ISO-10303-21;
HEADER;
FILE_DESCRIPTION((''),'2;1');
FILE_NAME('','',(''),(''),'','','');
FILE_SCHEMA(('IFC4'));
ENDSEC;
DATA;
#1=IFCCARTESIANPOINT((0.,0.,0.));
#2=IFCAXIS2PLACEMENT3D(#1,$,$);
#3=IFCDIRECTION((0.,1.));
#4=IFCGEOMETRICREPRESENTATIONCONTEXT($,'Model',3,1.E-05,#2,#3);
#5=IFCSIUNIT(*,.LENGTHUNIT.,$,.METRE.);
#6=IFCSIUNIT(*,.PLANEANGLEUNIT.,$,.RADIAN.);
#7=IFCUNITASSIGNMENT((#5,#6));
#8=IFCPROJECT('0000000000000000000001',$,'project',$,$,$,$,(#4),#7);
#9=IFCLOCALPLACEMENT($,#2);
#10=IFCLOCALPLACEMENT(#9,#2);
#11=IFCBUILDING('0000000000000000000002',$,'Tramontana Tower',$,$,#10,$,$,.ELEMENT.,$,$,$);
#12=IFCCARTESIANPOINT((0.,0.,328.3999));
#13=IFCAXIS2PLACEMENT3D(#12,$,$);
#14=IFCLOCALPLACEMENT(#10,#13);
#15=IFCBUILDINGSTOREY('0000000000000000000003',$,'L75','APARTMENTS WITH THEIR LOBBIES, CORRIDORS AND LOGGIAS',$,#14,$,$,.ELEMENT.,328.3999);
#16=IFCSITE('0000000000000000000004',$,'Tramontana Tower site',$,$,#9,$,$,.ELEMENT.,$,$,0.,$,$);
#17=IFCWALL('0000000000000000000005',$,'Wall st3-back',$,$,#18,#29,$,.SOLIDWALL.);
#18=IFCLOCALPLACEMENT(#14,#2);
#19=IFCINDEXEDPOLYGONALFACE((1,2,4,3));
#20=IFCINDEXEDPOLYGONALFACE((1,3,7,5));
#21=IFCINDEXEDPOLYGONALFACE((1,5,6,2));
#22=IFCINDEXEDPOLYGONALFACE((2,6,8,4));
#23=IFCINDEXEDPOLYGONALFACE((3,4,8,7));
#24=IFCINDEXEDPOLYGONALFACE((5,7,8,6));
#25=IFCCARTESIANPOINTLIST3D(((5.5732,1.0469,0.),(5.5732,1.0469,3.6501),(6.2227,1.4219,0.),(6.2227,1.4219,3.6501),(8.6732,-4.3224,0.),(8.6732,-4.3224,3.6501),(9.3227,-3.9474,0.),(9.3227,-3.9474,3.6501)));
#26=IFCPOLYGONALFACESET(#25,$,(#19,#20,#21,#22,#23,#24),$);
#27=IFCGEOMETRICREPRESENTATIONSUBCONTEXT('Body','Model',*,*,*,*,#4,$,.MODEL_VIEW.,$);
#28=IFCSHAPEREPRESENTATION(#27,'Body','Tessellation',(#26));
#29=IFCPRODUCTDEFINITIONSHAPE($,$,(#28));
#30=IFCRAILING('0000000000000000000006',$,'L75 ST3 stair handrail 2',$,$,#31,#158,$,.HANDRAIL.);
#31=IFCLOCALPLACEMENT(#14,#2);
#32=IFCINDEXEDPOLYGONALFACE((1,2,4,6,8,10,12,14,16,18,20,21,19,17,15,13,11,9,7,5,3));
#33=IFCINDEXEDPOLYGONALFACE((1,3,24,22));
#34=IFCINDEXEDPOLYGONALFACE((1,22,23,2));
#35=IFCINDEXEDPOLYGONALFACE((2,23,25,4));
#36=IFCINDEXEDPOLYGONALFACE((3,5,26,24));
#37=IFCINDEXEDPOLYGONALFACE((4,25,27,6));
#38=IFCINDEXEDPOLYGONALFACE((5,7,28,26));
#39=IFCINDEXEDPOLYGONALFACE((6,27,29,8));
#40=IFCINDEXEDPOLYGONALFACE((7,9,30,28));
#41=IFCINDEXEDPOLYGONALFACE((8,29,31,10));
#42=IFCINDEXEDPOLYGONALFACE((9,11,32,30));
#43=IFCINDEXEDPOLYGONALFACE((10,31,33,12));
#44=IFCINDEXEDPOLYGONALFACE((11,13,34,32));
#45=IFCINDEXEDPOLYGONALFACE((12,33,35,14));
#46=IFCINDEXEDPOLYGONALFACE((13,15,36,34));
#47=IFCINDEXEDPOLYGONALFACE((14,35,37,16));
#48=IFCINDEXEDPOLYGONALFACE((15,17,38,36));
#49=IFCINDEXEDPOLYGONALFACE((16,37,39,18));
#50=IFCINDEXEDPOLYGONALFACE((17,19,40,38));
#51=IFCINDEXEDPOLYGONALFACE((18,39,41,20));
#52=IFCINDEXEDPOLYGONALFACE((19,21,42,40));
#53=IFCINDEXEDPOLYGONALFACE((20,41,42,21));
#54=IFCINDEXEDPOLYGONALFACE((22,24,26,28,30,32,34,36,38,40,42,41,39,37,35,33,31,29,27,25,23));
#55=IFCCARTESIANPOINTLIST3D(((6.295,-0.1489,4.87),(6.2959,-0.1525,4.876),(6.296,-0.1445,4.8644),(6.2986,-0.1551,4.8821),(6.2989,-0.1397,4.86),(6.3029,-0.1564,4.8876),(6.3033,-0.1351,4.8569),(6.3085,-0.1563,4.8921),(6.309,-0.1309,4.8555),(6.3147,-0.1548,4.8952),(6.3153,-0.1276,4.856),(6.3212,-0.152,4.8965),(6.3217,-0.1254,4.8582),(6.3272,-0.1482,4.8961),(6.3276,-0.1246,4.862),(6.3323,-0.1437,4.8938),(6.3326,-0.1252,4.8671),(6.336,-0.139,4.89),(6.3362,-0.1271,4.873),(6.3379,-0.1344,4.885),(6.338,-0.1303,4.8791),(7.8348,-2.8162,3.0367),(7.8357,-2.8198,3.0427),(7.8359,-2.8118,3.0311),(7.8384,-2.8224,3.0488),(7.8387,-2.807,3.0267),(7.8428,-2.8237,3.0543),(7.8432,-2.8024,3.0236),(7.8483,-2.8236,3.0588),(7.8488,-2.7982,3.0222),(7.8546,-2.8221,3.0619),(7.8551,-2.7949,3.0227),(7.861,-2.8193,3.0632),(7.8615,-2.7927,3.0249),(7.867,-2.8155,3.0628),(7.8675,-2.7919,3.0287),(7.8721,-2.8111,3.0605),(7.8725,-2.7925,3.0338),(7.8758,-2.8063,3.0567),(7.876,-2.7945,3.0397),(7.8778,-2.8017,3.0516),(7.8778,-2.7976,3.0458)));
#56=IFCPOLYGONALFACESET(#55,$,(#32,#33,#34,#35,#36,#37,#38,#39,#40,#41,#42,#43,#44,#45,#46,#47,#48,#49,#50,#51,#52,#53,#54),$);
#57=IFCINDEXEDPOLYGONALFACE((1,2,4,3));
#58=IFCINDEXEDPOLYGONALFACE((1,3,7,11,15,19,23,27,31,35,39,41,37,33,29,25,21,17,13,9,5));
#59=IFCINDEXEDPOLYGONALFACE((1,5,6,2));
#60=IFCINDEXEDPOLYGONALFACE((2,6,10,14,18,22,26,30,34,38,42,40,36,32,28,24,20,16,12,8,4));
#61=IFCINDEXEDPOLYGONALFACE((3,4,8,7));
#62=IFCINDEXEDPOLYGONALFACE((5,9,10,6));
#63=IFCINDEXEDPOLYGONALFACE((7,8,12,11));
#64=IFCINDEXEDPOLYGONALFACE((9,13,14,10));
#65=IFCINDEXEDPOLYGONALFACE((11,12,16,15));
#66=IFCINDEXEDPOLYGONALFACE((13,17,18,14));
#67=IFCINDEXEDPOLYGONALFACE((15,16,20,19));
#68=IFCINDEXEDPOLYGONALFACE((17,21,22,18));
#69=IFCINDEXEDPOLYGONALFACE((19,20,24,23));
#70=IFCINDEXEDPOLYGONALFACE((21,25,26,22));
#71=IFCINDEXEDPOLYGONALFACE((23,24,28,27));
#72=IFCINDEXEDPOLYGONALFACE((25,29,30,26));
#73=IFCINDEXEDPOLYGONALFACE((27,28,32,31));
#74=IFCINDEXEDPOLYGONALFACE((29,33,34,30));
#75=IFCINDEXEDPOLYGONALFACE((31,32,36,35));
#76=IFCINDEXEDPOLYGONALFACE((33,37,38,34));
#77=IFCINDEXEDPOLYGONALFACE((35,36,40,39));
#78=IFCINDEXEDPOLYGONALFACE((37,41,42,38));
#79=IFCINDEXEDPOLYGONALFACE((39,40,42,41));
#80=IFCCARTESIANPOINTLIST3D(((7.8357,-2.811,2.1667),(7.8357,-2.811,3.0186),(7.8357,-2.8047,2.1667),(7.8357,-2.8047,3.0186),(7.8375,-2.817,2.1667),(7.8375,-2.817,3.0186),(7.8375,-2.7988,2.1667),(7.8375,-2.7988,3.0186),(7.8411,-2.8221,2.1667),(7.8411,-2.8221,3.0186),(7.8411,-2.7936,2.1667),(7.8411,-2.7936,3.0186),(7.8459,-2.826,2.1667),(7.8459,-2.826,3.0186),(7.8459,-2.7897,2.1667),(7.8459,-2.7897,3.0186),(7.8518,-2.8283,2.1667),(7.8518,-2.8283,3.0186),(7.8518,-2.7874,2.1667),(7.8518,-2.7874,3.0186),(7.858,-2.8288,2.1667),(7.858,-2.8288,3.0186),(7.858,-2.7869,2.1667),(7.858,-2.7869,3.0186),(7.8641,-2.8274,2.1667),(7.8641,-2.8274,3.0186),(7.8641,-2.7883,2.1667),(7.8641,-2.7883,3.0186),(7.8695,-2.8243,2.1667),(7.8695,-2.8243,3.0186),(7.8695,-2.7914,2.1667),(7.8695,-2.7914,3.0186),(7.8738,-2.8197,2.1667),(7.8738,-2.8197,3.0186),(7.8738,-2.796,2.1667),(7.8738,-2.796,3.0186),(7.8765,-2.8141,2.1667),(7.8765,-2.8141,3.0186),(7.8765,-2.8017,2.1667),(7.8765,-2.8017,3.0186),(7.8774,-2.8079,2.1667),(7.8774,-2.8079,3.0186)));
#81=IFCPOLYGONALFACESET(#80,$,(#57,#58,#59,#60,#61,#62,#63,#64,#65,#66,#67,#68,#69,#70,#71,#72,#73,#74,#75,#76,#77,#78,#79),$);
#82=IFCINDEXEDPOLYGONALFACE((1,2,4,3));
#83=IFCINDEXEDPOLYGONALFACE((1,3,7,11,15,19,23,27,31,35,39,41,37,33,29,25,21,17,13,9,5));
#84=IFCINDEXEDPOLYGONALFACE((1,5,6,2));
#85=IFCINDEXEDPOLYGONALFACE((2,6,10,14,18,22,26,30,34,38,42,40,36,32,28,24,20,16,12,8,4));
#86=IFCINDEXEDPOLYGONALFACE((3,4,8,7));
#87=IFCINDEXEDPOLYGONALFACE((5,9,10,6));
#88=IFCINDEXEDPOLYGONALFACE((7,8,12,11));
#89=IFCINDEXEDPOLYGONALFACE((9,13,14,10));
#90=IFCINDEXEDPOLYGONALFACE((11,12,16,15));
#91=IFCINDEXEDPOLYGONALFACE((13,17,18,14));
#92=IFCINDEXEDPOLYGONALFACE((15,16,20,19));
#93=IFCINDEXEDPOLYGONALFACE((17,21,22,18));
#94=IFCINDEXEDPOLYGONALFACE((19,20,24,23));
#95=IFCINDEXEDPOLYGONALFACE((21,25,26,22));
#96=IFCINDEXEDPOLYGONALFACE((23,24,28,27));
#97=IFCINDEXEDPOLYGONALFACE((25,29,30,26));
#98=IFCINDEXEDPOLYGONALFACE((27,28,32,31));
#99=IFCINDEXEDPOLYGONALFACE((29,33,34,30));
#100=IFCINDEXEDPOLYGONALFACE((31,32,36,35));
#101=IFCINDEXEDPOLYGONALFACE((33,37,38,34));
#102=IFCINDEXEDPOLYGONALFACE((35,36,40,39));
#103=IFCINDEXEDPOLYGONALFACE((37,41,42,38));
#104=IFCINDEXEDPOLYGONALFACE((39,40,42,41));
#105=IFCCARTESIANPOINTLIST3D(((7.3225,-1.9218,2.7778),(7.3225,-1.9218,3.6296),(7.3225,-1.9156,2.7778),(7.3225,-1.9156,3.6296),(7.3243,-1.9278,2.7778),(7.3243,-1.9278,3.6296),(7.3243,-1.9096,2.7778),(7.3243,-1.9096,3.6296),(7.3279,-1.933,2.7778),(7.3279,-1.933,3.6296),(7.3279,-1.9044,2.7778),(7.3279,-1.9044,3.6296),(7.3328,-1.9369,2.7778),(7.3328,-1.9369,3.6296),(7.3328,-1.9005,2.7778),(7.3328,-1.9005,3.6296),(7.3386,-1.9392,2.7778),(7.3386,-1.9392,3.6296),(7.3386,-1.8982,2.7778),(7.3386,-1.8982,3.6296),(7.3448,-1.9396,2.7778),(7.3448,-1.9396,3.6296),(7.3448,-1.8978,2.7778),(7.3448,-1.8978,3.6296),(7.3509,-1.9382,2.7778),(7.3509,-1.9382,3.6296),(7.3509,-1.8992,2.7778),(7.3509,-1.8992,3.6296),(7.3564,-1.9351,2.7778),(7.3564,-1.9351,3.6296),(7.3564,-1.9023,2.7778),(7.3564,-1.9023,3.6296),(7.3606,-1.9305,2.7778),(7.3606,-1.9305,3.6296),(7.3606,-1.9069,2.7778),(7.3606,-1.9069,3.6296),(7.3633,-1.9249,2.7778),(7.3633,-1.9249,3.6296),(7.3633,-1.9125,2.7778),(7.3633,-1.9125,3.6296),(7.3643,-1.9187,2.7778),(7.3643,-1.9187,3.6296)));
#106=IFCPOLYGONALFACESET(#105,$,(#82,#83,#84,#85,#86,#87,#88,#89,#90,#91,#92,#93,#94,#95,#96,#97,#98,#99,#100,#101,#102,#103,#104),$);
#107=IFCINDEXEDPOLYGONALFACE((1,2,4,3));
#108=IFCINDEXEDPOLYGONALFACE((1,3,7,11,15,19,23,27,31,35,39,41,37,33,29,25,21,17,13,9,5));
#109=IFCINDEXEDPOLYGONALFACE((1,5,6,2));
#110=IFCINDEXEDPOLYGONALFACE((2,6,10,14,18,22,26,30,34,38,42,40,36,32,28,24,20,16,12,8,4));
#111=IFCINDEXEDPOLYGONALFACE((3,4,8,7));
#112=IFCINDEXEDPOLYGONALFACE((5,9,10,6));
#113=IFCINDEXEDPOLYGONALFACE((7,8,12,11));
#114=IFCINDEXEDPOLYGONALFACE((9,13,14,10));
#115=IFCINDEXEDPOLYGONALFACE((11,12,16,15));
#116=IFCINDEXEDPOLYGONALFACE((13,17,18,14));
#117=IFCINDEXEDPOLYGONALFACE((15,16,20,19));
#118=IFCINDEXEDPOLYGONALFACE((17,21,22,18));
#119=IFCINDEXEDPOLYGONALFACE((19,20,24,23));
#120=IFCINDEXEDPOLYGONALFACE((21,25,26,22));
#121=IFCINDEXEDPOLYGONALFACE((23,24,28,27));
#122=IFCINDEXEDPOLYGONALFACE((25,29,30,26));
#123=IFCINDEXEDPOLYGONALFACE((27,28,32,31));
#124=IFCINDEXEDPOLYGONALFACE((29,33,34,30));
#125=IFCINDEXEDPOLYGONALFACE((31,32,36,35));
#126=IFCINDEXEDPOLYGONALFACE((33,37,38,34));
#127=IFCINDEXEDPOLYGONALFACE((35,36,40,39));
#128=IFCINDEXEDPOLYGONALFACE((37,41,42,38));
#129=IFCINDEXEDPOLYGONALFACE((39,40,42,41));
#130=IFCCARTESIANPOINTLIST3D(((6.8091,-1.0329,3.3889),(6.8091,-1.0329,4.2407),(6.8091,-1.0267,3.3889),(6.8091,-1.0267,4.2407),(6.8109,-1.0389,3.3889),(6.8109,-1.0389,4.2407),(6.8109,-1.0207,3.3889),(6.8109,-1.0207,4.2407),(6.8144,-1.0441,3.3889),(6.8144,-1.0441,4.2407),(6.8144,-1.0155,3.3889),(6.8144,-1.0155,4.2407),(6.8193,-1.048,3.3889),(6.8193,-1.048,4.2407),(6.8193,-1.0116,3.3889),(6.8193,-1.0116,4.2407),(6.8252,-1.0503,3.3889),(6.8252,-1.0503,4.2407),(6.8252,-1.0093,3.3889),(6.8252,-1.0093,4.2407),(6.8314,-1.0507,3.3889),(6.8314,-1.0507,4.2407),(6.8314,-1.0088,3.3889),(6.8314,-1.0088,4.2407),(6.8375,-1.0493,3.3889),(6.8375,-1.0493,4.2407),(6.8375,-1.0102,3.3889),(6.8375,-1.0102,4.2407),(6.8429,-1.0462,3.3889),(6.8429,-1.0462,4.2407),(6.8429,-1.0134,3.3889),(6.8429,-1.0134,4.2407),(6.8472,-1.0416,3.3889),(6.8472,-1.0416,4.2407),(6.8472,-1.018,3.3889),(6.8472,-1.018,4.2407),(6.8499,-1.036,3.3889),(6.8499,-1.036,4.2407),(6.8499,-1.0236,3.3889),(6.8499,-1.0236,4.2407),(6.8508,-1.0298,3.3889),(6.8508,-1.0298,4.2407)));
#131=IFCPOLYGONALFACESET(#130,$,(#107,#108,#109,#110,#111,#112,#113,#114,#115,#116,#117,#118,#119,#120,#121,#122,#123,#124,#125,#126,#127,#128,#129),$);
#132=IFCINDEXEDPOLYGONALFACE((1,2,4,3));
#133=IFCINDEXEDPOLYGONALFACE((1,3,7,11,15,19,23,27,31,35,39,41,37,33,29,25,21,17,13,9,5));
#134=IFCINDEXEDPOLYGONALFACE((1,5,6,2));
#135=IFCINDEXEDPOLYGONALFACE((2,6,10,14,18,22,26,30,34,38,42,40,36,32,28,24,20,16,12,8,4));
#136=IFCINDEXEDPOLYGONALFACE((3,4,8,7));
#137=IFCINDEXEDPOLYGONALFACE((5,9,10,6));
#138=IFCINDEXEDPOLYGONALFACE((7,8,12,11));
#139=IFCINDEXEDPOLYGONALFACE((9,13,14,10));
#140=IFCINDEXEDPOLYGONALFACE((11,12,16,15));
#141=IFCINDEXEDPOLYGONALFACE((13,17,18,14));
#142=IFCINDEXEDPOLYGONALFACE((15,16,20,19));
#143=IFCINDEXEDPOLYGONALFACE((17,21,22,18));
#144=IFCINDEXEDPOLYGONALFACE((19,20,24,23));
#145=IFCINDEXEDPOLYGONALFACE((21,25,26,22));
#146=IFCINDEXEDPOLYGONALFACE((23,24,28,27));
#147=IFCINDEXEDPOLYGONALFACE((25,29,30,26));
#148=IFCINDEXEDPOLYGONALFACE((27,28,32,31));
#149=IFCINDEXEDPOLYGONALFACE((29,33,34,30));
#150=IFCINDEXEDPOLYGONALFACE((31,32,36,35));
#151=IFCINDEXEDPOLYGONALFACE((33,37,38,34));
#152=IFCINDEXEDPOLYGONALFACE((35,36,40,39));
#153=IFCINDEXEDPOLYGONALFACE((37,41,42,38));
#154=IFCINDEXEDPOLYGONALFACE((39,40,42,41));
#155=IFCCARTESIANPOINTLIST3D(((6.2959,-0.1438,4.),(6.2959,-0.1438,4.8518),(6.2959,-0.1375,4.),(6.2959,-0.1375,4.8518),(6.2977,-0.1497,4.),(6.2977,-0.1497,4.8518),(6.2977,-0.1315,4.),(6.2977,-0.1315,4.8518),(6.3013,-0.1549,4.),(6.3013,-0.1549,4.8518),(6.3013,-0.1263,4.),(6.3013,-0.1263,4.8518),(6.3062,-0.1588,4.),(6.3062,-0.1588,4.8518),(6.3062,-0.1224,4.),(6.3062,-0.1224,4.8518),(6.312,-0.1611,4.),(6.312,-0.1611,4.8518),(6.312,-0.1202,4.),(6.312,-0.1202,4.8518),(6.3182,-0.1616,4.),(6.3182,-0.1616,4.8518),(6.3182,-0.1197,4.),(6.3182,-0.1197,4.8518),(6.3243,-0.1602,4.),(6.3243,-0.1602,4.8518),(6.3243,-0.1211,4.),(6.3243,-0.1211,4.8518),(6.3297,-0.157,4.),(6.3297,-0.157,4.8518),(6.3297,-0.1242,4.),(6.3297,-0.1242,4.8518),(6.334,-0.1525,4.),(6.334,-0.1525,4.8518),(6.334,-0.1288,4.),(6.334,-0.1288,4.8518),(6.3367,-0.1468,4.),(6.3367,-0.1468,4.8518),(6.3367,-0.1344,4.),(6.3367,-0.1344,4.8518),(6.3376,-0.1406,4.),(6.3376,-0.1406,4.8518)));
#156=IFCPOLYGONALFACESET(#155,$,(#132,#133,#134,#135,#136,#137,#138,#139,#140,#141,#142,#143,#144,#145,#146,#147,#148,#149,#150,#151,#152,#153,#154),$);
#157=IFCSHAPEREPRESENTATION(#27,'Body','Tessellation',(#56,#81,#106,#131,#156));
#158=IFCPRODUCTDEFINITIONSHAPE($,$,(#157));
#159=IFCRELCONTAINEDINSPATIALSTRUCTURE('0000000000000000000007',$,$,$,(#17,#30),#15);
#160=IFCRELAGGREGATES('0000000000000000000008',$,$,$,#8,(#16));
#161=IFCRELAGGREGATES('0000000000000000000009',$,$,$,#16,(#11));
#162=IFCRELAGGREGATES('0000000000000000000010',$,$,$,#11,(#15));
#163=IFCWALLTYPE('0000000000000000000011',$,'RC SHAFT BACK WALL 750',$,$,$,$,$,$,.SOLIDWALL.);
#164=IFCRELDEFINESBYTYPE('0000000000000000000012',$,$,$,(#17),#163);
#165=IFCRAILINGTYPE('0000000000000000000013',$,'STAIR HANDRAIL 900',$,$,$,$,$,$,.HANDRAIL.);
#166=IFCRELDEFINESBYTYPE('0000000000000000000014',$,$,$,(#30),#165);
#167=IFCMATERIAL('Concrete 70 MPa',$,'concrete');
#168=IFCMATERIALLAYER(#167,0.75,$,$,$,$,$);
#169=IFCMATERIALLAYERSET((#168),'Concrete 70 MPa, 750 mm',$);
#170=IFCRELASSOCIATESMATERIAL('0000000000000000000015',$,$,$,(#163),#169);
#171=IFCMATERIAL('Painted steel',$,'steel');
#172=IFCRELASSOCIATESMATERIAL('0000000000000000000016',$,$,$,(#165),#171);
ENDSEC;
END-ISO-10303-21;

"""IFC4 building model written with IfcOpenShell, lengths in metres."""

from ifc_helpers import new_model, si_unit, direction, frame, frame_2d, origin, origin_2d, place, context, subcontext, project, spatial, rectangle, circle, extrude, material, layer, layer_set, type_object, element, save


model = new_model("IFC4")

# Units and contexts
model_context = context("Model", 3, precision=1e-05, world=origin(), true_north=direction((0.0, 1.0)))
body_context = subcontext(model_context, "Body", "Model", "MODEL_VIEW")
ifc_project = project(units=[si_unit("LENGTHUNIT", "METRE"), si_unit("PLANEANGLEUNIT", "RADIAN")], contexts=[model_context])

# Site, building, storey
site_placement = place(None, origin())
site = spatial("IfcSite", under=ifc_project, at=site_placement, Name="Tramontana Tower site", CompositionType="ELEMENT", RefElevation=0.0)
building_placement = place(site_placement, origin())
building = spatial("IfcBuilding", under=site, at=building_placement, Name="Tramontana Tower", CompositionType="ELEMENT")
storey_placement = place(building_placement, frame((0.0, 0.0, 328.3999)))
storey = spatial("IfcBuildingStorey", under=building, at=storey_placement, Name="L75", Description="APARTMENTS WITH THEIR LOBBIES, CORRIDORS AND LOGGIAS", CompositionType="ELEMENT", Elevation=328.3999)

# Wall
ifc_material_1 = material(Name="Concrete 70 MPa", Category="concrete")
ifc_layer_1 = layer(ifc_material_1, 0.75)
ifc_layer_set_1 = layer_set([ifc_layer_1], Name="Concrete 70 MPa, 750 mm")
wall_type_1 = type_object("IfcWallType", Name="RC SHAFT BACK WALL 750", PredefinedType="SOLIDWALL", material=ifc_layer_set_1)
wall_1_placement = place(storey_placement, frame((8.998, -4.135, 0.0), z_axis=(0.0, 0.0, 1.0), x_axis=(-0.50001, 0.86602, 0.0)))
element("IfcWall", 1, at=wall_1_placement, inside=storey, type_object=wall_type_1, Name="Wall st3-back", PredefinedType="SOLIDWALL", context=body_context, shape_type="SweptSolid", body=[
    extrude(rectangle(XDim=6.2, YDim=0.75, at=frame_2d((3.1001, 0.0))), origin(), (0.0, 0.0, 1.0), 3.6501),
])

# Railing
ifc_material_2 = material(Name="Painted steel", Category="steel")
railing_type = type_object("IfcRailingType", Name="STAIR HANDRAIL 900", PredefinedType="HANDRAIL", material=ifc_material_2)
railing_placement = place(storey_placement, frame((7.8564, -2.8079, 2.1667)))
element("IfcRailing", 2, at=railing_placement, inside=storey, type_object=railing_type, Name="L75 ST3 stair handrail 2", PredefinedType="HANDRAIL", context=body_context, shape_type="SweptSolid", body=[
    extrude(circle(Radius=0.0239, at=origin_2d()), frame((0.0, 0.0, 0.876), z_axis=(-0.429616, 0.744181, 0.511493), x_axis=(-0.866044, -0.499967, 0.0)), (0.0, 0.0, 1.0), 3.5842),
    extrude(circle(Radius=0.021, at=origin_2d()), origin(), (0.0, 0.0, 1.0), 0.8518),
    extrude(circle(Radius=0.021, at=origin_2d()), frame((-0.5132, 0.8892, 0.6111)), (0.0, 0.0, 1.0), 0.8518),
    extrude(circle(Radius=0.021, at=origin_2d()), frame((-1.0266, 1.7781, 1.2222)), (0.0, 0.0, 1.0), 0.8518),
    extrude(circle(Radius=0.021, at=origin_2d()), frame((-1.5398, 2.6672, 1.8333)), (0.0, 0.0, 1.0), 0.8518),
])

save(model, "model.ifc")
